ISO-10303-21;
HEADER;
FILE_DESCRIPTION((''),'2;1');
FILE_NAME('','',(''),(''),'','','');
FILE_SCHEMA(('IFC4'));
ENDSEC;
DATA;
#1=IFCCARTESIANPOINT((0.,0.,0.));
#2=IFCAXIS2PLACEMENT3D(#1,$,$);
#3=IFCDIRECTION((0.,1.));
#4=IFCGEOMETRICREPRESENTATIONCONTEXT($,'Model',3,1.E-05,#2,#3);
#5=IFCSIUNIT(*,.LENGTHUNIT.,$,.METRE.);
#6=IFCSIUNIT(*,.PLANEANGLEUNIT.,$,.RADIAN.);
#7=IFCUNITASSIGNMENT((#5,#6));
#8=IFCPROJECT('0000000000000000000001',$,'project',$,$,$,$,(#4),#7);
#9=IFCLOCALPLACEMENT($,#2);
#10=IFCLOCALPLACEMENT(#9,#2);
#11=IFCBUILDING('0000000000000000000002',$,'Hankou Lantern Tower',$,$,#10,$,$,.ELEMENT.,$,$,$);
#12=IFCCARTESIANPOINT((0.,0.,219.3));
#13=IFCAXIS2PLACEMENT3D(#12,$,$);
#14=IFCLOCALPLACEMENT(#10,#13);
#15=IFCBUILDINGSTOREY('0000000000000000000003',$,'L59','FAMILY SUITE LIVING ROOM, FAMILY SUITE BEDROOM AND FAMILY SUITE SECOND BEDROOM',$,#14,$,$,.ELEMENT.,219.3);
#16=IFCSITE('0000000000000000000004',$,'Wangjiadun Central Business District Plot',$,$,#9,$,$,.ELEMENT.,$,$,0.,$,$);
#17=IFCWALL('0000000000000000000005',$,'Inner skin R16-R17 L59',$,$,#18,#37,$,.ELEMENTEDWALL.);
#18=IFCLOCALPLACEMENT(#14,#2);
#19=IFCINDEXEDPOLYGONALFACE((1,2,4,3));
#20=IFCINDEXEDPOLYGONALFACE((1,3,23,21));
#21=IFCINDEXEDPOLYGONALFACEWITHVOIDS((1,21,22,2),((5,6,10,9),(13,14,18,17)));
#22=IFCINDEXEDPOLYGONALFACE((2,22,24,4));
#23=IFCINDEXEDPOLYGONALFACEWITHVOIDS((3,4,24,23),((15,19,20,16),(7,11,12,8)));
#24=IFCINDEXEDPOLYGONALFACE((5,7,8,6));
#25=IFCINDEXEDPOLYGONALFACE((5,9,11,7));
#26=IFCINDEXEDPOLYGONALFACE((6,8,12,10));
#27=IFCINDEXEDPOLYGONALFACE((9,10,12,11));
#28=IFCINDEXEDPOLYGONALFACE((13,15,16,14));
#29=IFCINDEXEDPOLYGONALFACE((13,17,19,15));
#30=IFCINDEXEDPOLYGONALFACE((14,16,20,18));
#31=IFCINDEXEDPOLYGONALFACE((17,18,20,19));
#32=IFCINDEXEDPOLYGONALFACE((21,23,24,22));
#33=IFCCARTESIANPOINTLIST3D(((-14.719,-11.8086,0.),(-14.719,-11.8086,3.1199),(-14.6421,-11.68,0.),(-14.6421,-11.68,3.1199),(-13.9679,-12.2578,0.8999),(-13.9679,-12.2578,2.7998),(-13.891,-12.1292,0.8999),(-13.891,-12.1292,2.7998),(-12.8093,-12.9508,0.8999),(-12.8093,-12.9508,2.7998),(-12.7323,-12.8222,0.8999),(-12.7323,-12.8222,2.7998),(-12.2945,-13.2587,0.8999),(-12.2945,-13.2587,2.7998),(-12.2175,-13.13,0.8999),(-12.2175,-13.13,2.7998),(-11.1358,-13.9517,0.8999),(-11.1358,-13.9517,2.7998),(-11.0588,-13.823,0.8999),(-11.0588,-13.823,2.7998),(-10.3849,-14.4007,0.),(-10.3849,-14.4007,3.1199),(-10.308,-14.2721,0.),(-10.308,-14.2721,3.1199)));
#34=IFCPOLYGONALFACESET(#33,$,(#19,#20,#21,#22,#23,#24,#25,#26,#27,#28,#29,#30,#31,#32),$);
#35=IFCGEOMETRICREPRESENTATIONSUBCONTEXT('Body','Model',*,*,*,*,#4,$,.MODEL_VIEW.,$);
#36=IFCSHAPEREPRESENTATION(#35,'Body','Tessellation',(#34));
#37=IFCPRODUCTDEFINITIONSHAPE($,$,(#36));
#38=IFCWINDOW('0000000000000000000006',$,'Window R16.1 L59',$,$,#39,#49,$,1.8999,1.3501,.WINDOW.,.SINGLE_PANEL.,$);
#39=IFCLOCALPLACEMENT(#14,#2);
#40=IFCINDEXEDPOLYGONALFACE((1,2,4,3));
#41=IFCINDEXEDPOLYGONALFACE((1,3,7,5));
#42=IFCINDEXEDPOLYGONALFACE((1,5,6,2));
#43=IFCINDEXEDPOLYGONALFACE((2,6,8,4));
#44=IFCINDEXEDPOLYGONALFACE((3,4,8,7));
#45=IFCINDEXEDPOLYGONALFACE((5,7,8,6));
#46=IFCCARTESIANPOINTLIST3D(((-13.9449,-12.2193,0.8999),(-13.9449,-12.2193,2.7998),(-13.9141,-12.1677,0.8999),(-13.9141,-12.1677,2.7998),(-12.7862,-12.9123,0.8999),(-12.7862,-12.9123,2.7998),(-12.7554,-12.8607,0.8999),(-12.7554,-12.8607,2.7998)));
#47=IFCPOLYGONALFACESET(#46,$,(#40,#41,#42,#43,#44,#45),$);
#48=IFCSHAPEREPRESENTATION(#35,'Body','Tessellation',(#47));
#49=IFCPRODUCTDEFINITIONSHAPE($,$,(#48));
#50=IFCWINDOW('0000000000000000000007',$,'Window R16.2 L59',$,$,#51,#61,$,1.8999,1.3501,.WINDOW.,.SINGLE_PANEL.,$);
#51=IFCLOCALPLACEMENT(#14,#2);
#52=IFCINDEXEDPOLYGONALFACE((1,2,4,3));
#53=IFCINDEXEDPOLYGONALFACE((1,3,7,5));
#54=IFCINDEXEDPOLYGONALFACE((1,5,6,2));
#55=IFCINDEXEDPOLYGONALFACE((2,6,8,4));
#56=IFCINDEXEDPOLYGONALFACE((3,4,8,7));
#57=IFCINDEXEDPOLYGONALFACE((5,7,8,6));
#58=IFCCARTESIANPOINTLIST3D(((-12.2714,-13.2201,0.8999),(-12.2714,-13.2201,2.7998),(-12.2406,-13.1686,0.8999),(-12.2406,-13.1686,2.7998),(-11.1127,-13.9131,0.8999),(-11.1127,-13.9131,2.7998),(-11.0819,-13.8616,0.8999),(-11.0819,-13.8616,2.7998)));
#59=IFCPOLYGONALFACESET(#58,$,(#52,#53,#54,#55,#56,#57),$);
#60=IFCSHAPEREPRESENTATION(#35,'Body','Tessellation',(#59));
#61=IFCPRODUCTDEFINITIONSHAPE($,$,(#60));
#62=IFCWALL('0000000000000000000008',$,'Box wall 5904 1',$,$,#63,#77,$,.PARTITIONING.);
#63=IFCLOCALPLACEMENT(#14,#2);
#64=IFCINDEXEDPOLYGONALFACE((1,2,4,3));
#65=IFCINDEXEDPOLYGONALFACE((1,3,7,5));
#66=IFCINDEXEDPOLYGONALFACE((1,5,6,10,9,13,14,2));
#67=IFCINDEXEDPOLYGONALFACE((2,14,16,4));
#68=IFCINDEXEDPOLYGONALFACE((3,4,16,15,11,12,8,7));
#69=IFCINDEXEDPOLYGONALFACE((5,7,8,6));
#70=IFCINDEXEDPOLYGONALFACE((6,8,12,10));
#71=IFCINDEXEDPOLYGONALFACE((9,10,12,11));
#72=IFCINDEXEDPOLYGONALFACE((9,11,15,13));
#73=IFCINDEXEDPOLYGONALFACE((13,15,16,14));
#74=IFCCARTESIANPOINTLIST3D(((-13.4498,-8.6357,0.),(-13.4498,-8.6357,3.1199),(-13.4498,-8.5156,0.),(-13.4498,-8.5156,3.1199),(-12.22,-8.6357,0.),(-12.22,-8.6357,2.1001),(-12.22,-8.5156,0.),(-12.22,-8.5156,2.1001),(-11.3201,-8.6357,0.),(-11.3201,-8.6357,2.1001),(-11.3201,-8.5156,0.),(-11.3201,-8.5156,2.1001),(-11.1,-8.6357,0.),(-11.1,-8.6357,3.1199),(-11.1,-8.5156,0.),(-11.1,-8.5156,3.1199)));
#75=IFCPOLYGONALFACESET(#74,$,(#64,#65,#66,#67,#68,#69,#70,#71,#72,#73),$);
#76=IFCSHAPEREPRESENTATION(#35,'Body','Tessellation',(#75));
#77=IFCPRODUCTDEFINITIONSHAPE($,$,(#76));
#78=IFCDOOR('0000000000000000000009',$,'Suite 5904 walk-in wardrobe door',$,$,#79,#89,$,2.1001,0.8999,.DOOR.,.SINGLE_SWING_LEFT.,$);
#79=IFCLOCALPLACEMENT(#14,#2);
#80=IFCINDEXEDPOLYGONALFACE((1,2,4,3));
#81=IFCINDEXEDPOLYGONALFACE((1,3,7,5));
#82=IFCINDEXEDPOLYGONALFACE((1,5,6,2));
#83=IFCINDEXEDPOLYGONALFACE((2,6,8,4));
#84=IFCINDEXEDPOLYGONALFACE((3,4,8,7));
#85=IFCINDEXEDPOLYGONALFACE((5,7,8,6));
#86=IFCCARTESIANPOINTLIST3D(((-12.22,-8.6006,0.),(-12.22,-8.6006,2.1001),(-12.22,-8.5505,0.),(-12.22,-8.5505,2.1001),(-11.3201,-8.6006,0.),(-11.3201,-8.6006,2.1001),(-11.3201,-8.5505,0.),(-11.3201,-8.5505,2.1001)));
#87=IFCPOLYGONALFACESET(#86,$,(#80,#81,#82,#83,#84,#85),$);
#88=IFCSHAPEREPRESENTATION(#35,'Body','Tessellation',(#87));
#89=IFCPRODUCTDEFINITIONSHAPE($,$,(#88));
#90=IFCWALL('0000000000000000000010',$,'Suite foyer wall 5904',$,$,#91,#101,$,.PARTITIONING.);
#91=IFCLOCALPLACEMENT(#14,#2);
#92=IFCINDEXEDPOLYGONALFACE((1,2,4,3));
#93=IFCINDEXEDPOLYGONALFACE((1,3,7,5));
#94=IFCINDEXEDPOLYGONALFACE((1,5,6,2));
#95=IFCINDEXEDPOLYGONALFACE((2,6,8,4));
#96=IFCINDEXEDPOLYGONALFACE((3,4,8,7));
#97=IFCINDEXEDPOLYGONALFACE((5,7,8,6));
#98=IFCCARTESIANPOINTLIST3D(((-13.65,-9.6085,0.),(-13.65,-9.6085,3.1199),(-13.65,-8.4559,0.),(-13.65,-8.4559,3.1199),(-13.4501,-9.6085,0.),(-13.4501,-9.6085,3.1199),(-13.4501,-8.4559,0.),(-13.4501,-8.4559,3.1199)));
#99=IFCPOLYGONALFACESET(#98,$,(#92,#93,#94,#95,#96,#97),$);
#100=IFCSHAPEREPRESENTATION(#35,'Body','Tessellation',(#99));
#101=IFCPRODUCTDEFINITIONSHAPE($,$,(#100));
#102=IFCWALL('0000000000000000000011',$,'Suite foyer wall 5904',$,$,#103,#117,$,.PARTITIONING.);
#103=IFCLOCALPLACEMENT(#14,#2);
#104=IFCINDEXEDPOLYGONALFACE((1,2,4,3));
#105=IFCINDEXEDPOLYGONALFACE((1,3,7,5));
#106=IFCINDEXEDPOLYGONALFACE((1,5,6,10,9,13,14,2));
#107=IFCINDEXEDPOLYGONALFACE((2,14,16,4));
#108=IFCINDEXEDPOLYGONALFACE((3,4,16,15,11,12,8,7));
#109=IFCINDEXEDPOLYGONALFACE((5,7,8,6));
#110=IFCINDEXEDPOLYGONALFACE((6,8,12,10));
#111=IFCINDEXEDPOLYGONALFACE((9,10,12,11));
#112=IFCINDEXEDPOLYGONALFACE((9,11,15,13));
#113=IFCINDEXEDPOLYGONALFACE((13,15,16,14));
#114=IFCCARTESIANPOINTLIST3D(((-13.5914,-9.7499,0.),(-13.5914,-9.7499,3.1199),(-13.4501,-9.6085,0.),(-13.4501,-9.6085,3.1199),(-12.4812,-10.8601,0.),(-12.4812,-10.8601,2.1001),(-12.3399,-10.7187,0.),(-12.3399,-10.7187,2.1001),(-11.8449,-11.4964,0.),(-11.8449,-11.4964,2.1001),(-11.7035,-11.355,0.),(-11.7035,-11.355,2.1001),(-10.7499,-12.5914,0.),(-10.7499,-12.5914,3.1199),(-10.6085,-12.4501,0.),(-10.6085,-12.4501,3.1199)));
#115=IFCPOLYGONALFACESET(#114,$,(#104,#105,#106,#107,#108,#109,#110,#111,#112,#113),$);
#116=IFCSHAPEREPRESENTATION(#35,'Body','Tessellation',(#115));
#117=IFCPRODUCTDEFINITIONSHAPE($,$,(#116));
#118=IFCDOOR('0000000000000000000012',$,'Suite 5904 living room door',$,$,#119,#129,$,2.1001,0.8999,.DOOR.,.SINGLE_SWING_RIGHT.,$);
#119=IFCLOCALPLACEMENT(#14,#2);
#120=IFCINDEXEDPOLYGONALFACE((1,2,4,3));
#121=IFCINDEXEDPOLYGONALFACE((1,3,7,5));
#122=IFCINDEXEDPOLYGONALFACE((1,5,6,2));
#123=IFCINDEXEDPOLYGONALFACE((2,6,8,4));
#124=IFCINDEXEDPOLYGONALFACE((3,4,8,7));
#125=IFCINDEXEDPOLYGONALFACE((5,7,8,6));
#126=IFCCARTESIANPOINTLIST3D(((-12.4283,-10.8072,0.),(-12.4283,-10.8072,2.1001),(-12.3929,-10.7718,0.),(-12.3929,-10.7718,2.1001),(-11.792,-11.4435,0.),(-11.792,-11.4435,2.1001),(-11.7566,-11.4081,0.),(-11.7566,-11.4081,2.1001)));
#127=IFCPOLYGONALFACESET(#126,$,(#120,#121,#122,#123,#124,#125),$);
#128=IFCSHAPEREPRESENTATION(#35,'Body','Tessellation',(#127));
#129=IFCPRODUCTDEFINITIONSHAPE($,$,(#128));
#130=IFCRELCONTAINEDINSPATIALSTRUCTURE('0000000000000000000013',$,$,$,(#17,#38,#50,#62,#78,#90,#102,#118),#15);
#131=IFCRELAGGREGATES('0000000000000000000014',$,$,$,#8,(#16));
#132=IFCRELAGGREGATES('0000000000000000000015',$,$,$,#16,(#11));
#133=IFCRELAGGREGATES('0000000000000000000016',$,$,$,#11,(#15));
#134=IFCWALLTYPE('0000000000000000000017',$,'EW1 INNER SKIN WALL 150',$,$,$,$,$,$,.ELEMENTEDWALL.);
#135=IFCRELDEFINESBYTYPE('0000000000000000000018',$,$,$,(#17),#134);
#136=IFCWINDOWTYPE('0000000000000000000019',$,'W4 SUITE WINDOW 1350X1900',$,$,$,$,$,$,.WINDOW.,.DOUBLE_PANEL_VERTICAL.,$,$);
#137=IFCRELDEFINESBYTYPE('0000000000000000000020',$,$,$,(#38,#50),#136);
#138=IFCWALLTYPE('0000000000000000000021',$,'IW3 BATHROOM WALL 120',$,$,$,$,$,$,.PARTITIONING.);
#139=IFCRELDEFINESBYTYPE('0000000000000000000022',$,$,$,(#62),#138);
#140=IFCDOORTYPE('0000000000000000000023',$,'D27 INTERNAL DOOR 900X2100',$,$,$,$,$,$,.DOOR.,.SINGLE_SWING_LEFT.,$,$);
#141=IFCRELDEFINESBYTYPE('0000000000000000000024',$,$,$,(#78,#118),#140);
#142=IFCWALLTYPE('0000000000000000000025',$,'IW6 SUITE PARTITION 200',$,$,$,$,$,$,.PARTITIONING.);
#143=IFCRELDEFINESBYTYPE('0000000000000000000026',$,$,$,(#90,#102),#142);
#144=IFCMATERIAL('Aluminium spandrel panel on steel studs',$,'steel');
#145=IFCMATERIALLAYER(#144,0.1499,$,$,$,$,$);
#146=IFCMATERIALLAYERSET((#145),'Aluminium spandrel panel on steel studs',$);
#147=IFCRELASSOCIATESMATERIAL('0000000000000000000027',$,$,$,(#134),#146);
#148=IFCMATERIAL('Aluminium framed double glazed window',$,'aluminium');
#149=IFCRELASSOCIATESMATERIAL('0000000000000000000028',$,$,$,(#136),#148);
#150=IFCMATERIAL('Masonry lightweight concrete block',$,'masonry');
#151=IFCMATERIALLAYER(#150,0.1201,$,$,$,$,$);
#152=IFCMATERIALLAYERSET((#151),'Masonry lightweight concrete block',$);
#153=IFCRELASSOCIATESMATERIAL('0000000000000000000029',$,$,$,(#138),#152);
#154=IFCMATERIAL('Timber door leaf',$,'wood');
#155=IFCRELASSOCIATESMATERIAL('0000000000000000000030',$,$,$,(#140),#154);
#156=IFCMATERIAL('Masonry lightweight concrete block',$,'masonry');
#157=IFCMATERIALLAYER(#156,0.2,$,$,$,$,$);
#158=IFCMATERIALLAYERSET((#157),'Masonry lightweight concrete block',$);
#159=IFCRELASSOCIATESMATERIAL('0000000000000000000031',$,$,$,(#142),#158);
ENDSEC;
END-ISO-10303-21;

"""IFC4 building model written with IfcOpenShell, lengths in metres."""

from ifc_helpers import new_model, si_unit, direction, frame, frame_2d, origin, place, context, subcontext, project, spatial, rectangle, extrude, material, layer, layer_set, type_object, element, fill, save


model = new_model("IFC4")

# Units and contexts
model_context = context("Model", 3, precision=1e-05, world=origin(), true_north=direction((0.0, 1.0)))
body_context = subcontext(model_context, "Body", "Model", "MODEL_VIEW")
ifc_project = project(units=[si_unit("LENGTHUNIT", "METRE"), si_unit("PLANEANGLEUNIT", "RADIAN")], contexts=[model_context])

# Site, building, storey
site_placement = place(None, origin())
site = spatial("IfcSite", under=ifc_project, at=site_placement, Name="Wangjiadun Central Business District Plot", CompositionType="ELEMENT", RefElevation=0.0)
building_placement = place(site_placement, origin())
building = spatial("IfcBuilding", under=site, at=building_placement, Name="Hankou Lantern Tower", CompositionType="ELEMENT")
storey_placement = place(building_placement, frame((0.0, 0.0, 219.3)))
storey = spatial("IfcBuildingStorey", under=building, at=storey_placement, Name="L59", Description="FAMILY SUITE LIVING ROOM, FAMILY SUITE BEDROOM AND FAMILY SUITE SECOND BEDROOM", CompositionType="ELEMENT", Elevation=219.3)

# Wall, openings, windows
ifc_material_1 = material(Name="Aluminium spandrel panel on steel studs", Category="steel")
ifc_layer_1 = layer(ifc_material_1, 0.1499)
ifc_layer_set_1 = layer_set([ifc_layer_1], Name="Aluminium spandrel panel on steel studs")
wall_type_1 = type_object("IfcWallType", Name="EW1 INNER SKIN WALL 150", PredefinedType="ELEMENTEDWALL", material=ifc_layer_set_1)
ifc_material_2 = material(Name="Aluminium framed double glazed window", Category="aluminium")
window_type = type_object("IfcWindowType", Name="W4 SUITE WINDOW 1350X1900", PartitioningType="DOUBLE_PANEL_VERTICAL", PredefinedType="WINDOW", material=ifc_material_2)
wall_1_placement = place(storey_placement, frame((-14.6804, -11.7444, 0.0), z_axis=(0.0, 0.0, 1.0), x_axis=(0.858222, -0.51328, 0.0)))
wall_1 = element("IfcWall", 1, at=wall_1_placement, inside=storey, type_object=wall_type_1, Name="Inner skin R16-R17 L59", PredefinedType="ELEMENTEDWALL", context=body_context, shape_type="SweptSolid", body=[
    extrude(rectangle(XDim=5.05, YDim=0.1499, at=frame_2d((2.5249, 0.0))), origin(), (0.0, 0.0, 1.0), 3.1199),
])
opening_1_placement = place(wall_1_placement, frame((0.875, 0.0, 0.8999)))
opening_1 = element("IfcOpeningElement", 2, at=opening_1_placement, cuts=wall_1, PredefinedType="OPENING", context=body_context, shape_type="SweptSolid", body=[
    extrude(rectangle(XDim=1.3501, YDim=1.8999, at=frame_2d((0.675, 0.95))), frame((0.0, 0.085, 0.0), z_axis=(0.0, -1.0, 0.0), x_axis=(1.0, 0.0, 0.0)), (0.0, 0.0, 1.0), 0.1699),
])
opening_2_placement = place(wall_1_placement, frame((2.825, 0.0, 0.8999)))
opening_2 = element("IfcOpeningElement", 3, at=opening_2_placement, cuts=wall_1, PredefinedType="OPENING", context=body_context, shape_type="SweptSolid", body=[
    extrude(rectangle(XDim=1.3501, YDim=1.8999, at=frame_2d((0.675, 0.95))), frame((0.0, 0.085, 0.0), z_axis=(0.0, -1.0, 0.0), x_axis=(1.0, 0.0, 0.0)), (0.0, 0.0, 1.0), 0.1699),
])
window_1_placement = place(opening_1_placement, origin())
window_1 = element("IfcWindow", 4, at=window_1_placement, inside=storey, type_object=window_type, Name="Window R16.1 L59", OverallHeight=1.8999, OverallWidth=1.3501, PartitioningType="SINGLE_PANEL", PredefinedType="WINDOW", context=body_context, shape_type="SweptSolid", body=[
    extrude(rectangle(XDim=1.3501, YDim=1.8999, at=frame_2d((0.675, 0.95))), frame((0.0, 0.03, 0.0), z_axis=(0.0, -1.0, 0.0), x_axis=(1.0, 0.0, 0.0)), (0.0, 0.0, 1.0), 0.0601),
])
fill(opening_1, window_1)
window_2_placement = place(opening_2_placement, origin())
window_2 = element("IfcWindow", 5, at=window_2_placement, inside=storey, type_object=window_type, Name="Window R16.2 L59", OverallHeight=1.8999, OverallWidth=1.3501, PartitioningType="SINGLE_PANEL", PredefinedType="WINDOW", context=body_context, shape_type="SweptSolid", body=[
    extrude(rectangle(XDim=1.3501, YDim=1.8999, at=frame_2d((0.675, 0.95))), frame((0.0, 0.03, 0.0), z_axis=(0.0, -1.0, 0.0), x_axis=(1.0, 0.0, 0.0)), (0.0, 0.0, 1.0), 0.0601),
])
fill(opening_2, window_2)

# Wall, opening, door
ifc_material_3 = material(Name="Masonry lightweight concrete block", Category="masonry")
ifc_layer_2 = layer(ifc_material_3, 0.1201)
ifc_layer_set_2 = layer_set([ifc_layer_2], Name="Masonry lightweight concrete block")
wall_type_2 = type_object("IfcWallType", Name="IW3 BATHROOM WALL 120", PredefinedType="PARTITIONING", material=ifc_layer_set_2)
wall_2_placement = place(storey_placement, frame((-11.1001, -8.5757, 0.0), z_axis=(0.0, 0.0, 1.0), x_axis=(-1.0, 0.0, 0.0)))
wall_2 = element("IfcWall", 6, at=wall_2_placement, inside=storey, type_object=wall_type_2, Name="Box wall 5904 1", PredefinedType="PARTITIONING", context=body_context, shape_type="SweptSolid", body=[
    extrude(rectangle(XDim=2.3499, YDim=0.1201, at=frame_2d((1.1748, 0.0))), origin(), (0.0, 0.0, 1.0), 3.1199),
])
opening_3_placement = place(wall_2_placement, frame((0.22, 0.0, 0.0)))
opening_3 = element("IfcOpeningElement", 7, at=opening_3_placement, cuts=wall_2, PredefinedType="OPENING", context=body_context, shape_type="SweptSolid", body=[
    extrude(rectangle(XDim=0.8999, YDim=2.1001, at=frame_2d((0.45, 1.05))), frame((0.0, 0.0701, 0.0), z_axis=(0.0, -1.0, 0.0), x_axis=(1.0, 0.0, 0.0)), (0.0, 0.0, 1.0), 0.1401),
])
ifc_material_4 = material(Name="Timber door leaf", Category="wood")
door_type = type_object("IfcDoorType", Name="D27 INTERNAL DOOR 900X2100", OperationType="SINGLE_SWING_LEFT", PredefinedType="DOOR", material=ifc_material_4)
door_1_placement = place(opening_3_placement, origin())
door_1 = element("IfcDoor", 8, at=door_1_placement, inside=storey, type_object=door_type, Name="Suite 5904 walk-in wardrobe door", OperationType="SINGLE_SWING_LEFT", OverallHeight=2.1001, OverallWidth=0.8999, PredefinedType="DOOR", context=body_context, shape_type="SweptSolid", body=[
    extrude(rectangle(XDim=0.8999, YDim=2.1001, at=frame_2d((0.45, 1.05))), frame((0.0, 0.0249, 0.0), z_axis=(0.0, -1.0, 0.0), x_axis=(1.0, 0.0, 0.0)), (0.0, 0.0, 1.0), 0.05),
])
fill(opening_3, door_1)

# Wall
ifc_material_5 = material(Name="Masonry lightweight concrete block", Category="masonry")
ifc_layer_3 = layer(ifc_material_5, 0.2)
ifc_layer_set_3 = layer_set([ifc_layer_3], Name="Masonry lightweight concrete block")
wall_type_3 = type_object("IfcWallType", Name="IW6 SUITE PARTITION 200", PredefinedType="PARTITIONING", material=ifc_layer_set_3)
wall_3_placement = place(storey_placement, frame((-13.55, -8.4561, 0.0), z_axis=(0.0, 0.0, 1.0), x_axis=(0.0, -1.0, 0.0)))
element("IfcWall", 9, at=wall_3_placement, inside=storey, type_object=wall_type_3, Name="Suite foyer wall 5904", PredefinedType="PARTITIONING", context=body_context, shape_type="SweptSolid", body=[
    extrude(rectangle(XDim=1.1526, YDim=0.2, at=frame_2d((0.5762, 0.0))), origin(), (0.0, 0.0, 1.0), 3.1199),
])

# Wall, opening, door
wall_4_placement = place(storey_placement, frame((-13.5208, -9.6792, 0.0), z_axis=(0.0, 0.0, 1.0), x_axis=(0.707107, -0.707107, 0.0)))
wall_4 = element("IfcWall", 10, at=wall_4_placement, inside=storey, type_object=wall_type_3, Name="Suite foyer wall 5904", PredefinedType="PARTITIONING", context=body_context, shape_type="SweptSolid", body=[
    extrude(rectangle(XDim=4.0186, YDim=0.2, at=frame_2d((2.0093, 0.0))), origin(), (0.0, 0.0, 1.0), 3.1199),
])
opening_4_placement = place(wall_4_placement, frame((1.5701, 0.0, 0.0)))
opening_4 = element("IfcOpeningElement", 11, at=opening_4_placement, cuts=wall_4, PredefinedType="OPENING", context=body_context, shape_type="SweptSolid", body=[
    extrude(rectangle(XDim=0.8999, YDim=2.1001, at=frame_2d((0.45, 1.05))), frame((0.0, 0.1099, 0.0), z_axis=(0.0, -1.0, 0.0), x_axis=(1.0, 0.0, 0.0)), (0.0, 0.0, 1.0), 0.22),
])
door_2_placement = place(opening_4_placement, origin())
door_2 = element("IfcDoor", 12, at=door_2_placement, inside=storey, type_object=door_type, Name="Suite 5904 living room door", OperationType="SINGLE_SWING_RIGHT", OverallHeight=2.1001, OverallWidth=0.8999, PredefinedType="DOOR", context=body_context, shape_type="SweptSolid", body=[
    extrude(rectangle(XDim=0.8999, YDim=2.1001, at=frame_2d((0.45, 1.05))), frame((0.0, 0.0249, 0.0), z_axis=(0.0, -1.0, 0.0), x_axis=(1.0, 0.0, 0.0)), (0.0, 0.0, 1.0), 0.05),
])
fill(opening_4, door_2)

save(model, "model.ifc")
